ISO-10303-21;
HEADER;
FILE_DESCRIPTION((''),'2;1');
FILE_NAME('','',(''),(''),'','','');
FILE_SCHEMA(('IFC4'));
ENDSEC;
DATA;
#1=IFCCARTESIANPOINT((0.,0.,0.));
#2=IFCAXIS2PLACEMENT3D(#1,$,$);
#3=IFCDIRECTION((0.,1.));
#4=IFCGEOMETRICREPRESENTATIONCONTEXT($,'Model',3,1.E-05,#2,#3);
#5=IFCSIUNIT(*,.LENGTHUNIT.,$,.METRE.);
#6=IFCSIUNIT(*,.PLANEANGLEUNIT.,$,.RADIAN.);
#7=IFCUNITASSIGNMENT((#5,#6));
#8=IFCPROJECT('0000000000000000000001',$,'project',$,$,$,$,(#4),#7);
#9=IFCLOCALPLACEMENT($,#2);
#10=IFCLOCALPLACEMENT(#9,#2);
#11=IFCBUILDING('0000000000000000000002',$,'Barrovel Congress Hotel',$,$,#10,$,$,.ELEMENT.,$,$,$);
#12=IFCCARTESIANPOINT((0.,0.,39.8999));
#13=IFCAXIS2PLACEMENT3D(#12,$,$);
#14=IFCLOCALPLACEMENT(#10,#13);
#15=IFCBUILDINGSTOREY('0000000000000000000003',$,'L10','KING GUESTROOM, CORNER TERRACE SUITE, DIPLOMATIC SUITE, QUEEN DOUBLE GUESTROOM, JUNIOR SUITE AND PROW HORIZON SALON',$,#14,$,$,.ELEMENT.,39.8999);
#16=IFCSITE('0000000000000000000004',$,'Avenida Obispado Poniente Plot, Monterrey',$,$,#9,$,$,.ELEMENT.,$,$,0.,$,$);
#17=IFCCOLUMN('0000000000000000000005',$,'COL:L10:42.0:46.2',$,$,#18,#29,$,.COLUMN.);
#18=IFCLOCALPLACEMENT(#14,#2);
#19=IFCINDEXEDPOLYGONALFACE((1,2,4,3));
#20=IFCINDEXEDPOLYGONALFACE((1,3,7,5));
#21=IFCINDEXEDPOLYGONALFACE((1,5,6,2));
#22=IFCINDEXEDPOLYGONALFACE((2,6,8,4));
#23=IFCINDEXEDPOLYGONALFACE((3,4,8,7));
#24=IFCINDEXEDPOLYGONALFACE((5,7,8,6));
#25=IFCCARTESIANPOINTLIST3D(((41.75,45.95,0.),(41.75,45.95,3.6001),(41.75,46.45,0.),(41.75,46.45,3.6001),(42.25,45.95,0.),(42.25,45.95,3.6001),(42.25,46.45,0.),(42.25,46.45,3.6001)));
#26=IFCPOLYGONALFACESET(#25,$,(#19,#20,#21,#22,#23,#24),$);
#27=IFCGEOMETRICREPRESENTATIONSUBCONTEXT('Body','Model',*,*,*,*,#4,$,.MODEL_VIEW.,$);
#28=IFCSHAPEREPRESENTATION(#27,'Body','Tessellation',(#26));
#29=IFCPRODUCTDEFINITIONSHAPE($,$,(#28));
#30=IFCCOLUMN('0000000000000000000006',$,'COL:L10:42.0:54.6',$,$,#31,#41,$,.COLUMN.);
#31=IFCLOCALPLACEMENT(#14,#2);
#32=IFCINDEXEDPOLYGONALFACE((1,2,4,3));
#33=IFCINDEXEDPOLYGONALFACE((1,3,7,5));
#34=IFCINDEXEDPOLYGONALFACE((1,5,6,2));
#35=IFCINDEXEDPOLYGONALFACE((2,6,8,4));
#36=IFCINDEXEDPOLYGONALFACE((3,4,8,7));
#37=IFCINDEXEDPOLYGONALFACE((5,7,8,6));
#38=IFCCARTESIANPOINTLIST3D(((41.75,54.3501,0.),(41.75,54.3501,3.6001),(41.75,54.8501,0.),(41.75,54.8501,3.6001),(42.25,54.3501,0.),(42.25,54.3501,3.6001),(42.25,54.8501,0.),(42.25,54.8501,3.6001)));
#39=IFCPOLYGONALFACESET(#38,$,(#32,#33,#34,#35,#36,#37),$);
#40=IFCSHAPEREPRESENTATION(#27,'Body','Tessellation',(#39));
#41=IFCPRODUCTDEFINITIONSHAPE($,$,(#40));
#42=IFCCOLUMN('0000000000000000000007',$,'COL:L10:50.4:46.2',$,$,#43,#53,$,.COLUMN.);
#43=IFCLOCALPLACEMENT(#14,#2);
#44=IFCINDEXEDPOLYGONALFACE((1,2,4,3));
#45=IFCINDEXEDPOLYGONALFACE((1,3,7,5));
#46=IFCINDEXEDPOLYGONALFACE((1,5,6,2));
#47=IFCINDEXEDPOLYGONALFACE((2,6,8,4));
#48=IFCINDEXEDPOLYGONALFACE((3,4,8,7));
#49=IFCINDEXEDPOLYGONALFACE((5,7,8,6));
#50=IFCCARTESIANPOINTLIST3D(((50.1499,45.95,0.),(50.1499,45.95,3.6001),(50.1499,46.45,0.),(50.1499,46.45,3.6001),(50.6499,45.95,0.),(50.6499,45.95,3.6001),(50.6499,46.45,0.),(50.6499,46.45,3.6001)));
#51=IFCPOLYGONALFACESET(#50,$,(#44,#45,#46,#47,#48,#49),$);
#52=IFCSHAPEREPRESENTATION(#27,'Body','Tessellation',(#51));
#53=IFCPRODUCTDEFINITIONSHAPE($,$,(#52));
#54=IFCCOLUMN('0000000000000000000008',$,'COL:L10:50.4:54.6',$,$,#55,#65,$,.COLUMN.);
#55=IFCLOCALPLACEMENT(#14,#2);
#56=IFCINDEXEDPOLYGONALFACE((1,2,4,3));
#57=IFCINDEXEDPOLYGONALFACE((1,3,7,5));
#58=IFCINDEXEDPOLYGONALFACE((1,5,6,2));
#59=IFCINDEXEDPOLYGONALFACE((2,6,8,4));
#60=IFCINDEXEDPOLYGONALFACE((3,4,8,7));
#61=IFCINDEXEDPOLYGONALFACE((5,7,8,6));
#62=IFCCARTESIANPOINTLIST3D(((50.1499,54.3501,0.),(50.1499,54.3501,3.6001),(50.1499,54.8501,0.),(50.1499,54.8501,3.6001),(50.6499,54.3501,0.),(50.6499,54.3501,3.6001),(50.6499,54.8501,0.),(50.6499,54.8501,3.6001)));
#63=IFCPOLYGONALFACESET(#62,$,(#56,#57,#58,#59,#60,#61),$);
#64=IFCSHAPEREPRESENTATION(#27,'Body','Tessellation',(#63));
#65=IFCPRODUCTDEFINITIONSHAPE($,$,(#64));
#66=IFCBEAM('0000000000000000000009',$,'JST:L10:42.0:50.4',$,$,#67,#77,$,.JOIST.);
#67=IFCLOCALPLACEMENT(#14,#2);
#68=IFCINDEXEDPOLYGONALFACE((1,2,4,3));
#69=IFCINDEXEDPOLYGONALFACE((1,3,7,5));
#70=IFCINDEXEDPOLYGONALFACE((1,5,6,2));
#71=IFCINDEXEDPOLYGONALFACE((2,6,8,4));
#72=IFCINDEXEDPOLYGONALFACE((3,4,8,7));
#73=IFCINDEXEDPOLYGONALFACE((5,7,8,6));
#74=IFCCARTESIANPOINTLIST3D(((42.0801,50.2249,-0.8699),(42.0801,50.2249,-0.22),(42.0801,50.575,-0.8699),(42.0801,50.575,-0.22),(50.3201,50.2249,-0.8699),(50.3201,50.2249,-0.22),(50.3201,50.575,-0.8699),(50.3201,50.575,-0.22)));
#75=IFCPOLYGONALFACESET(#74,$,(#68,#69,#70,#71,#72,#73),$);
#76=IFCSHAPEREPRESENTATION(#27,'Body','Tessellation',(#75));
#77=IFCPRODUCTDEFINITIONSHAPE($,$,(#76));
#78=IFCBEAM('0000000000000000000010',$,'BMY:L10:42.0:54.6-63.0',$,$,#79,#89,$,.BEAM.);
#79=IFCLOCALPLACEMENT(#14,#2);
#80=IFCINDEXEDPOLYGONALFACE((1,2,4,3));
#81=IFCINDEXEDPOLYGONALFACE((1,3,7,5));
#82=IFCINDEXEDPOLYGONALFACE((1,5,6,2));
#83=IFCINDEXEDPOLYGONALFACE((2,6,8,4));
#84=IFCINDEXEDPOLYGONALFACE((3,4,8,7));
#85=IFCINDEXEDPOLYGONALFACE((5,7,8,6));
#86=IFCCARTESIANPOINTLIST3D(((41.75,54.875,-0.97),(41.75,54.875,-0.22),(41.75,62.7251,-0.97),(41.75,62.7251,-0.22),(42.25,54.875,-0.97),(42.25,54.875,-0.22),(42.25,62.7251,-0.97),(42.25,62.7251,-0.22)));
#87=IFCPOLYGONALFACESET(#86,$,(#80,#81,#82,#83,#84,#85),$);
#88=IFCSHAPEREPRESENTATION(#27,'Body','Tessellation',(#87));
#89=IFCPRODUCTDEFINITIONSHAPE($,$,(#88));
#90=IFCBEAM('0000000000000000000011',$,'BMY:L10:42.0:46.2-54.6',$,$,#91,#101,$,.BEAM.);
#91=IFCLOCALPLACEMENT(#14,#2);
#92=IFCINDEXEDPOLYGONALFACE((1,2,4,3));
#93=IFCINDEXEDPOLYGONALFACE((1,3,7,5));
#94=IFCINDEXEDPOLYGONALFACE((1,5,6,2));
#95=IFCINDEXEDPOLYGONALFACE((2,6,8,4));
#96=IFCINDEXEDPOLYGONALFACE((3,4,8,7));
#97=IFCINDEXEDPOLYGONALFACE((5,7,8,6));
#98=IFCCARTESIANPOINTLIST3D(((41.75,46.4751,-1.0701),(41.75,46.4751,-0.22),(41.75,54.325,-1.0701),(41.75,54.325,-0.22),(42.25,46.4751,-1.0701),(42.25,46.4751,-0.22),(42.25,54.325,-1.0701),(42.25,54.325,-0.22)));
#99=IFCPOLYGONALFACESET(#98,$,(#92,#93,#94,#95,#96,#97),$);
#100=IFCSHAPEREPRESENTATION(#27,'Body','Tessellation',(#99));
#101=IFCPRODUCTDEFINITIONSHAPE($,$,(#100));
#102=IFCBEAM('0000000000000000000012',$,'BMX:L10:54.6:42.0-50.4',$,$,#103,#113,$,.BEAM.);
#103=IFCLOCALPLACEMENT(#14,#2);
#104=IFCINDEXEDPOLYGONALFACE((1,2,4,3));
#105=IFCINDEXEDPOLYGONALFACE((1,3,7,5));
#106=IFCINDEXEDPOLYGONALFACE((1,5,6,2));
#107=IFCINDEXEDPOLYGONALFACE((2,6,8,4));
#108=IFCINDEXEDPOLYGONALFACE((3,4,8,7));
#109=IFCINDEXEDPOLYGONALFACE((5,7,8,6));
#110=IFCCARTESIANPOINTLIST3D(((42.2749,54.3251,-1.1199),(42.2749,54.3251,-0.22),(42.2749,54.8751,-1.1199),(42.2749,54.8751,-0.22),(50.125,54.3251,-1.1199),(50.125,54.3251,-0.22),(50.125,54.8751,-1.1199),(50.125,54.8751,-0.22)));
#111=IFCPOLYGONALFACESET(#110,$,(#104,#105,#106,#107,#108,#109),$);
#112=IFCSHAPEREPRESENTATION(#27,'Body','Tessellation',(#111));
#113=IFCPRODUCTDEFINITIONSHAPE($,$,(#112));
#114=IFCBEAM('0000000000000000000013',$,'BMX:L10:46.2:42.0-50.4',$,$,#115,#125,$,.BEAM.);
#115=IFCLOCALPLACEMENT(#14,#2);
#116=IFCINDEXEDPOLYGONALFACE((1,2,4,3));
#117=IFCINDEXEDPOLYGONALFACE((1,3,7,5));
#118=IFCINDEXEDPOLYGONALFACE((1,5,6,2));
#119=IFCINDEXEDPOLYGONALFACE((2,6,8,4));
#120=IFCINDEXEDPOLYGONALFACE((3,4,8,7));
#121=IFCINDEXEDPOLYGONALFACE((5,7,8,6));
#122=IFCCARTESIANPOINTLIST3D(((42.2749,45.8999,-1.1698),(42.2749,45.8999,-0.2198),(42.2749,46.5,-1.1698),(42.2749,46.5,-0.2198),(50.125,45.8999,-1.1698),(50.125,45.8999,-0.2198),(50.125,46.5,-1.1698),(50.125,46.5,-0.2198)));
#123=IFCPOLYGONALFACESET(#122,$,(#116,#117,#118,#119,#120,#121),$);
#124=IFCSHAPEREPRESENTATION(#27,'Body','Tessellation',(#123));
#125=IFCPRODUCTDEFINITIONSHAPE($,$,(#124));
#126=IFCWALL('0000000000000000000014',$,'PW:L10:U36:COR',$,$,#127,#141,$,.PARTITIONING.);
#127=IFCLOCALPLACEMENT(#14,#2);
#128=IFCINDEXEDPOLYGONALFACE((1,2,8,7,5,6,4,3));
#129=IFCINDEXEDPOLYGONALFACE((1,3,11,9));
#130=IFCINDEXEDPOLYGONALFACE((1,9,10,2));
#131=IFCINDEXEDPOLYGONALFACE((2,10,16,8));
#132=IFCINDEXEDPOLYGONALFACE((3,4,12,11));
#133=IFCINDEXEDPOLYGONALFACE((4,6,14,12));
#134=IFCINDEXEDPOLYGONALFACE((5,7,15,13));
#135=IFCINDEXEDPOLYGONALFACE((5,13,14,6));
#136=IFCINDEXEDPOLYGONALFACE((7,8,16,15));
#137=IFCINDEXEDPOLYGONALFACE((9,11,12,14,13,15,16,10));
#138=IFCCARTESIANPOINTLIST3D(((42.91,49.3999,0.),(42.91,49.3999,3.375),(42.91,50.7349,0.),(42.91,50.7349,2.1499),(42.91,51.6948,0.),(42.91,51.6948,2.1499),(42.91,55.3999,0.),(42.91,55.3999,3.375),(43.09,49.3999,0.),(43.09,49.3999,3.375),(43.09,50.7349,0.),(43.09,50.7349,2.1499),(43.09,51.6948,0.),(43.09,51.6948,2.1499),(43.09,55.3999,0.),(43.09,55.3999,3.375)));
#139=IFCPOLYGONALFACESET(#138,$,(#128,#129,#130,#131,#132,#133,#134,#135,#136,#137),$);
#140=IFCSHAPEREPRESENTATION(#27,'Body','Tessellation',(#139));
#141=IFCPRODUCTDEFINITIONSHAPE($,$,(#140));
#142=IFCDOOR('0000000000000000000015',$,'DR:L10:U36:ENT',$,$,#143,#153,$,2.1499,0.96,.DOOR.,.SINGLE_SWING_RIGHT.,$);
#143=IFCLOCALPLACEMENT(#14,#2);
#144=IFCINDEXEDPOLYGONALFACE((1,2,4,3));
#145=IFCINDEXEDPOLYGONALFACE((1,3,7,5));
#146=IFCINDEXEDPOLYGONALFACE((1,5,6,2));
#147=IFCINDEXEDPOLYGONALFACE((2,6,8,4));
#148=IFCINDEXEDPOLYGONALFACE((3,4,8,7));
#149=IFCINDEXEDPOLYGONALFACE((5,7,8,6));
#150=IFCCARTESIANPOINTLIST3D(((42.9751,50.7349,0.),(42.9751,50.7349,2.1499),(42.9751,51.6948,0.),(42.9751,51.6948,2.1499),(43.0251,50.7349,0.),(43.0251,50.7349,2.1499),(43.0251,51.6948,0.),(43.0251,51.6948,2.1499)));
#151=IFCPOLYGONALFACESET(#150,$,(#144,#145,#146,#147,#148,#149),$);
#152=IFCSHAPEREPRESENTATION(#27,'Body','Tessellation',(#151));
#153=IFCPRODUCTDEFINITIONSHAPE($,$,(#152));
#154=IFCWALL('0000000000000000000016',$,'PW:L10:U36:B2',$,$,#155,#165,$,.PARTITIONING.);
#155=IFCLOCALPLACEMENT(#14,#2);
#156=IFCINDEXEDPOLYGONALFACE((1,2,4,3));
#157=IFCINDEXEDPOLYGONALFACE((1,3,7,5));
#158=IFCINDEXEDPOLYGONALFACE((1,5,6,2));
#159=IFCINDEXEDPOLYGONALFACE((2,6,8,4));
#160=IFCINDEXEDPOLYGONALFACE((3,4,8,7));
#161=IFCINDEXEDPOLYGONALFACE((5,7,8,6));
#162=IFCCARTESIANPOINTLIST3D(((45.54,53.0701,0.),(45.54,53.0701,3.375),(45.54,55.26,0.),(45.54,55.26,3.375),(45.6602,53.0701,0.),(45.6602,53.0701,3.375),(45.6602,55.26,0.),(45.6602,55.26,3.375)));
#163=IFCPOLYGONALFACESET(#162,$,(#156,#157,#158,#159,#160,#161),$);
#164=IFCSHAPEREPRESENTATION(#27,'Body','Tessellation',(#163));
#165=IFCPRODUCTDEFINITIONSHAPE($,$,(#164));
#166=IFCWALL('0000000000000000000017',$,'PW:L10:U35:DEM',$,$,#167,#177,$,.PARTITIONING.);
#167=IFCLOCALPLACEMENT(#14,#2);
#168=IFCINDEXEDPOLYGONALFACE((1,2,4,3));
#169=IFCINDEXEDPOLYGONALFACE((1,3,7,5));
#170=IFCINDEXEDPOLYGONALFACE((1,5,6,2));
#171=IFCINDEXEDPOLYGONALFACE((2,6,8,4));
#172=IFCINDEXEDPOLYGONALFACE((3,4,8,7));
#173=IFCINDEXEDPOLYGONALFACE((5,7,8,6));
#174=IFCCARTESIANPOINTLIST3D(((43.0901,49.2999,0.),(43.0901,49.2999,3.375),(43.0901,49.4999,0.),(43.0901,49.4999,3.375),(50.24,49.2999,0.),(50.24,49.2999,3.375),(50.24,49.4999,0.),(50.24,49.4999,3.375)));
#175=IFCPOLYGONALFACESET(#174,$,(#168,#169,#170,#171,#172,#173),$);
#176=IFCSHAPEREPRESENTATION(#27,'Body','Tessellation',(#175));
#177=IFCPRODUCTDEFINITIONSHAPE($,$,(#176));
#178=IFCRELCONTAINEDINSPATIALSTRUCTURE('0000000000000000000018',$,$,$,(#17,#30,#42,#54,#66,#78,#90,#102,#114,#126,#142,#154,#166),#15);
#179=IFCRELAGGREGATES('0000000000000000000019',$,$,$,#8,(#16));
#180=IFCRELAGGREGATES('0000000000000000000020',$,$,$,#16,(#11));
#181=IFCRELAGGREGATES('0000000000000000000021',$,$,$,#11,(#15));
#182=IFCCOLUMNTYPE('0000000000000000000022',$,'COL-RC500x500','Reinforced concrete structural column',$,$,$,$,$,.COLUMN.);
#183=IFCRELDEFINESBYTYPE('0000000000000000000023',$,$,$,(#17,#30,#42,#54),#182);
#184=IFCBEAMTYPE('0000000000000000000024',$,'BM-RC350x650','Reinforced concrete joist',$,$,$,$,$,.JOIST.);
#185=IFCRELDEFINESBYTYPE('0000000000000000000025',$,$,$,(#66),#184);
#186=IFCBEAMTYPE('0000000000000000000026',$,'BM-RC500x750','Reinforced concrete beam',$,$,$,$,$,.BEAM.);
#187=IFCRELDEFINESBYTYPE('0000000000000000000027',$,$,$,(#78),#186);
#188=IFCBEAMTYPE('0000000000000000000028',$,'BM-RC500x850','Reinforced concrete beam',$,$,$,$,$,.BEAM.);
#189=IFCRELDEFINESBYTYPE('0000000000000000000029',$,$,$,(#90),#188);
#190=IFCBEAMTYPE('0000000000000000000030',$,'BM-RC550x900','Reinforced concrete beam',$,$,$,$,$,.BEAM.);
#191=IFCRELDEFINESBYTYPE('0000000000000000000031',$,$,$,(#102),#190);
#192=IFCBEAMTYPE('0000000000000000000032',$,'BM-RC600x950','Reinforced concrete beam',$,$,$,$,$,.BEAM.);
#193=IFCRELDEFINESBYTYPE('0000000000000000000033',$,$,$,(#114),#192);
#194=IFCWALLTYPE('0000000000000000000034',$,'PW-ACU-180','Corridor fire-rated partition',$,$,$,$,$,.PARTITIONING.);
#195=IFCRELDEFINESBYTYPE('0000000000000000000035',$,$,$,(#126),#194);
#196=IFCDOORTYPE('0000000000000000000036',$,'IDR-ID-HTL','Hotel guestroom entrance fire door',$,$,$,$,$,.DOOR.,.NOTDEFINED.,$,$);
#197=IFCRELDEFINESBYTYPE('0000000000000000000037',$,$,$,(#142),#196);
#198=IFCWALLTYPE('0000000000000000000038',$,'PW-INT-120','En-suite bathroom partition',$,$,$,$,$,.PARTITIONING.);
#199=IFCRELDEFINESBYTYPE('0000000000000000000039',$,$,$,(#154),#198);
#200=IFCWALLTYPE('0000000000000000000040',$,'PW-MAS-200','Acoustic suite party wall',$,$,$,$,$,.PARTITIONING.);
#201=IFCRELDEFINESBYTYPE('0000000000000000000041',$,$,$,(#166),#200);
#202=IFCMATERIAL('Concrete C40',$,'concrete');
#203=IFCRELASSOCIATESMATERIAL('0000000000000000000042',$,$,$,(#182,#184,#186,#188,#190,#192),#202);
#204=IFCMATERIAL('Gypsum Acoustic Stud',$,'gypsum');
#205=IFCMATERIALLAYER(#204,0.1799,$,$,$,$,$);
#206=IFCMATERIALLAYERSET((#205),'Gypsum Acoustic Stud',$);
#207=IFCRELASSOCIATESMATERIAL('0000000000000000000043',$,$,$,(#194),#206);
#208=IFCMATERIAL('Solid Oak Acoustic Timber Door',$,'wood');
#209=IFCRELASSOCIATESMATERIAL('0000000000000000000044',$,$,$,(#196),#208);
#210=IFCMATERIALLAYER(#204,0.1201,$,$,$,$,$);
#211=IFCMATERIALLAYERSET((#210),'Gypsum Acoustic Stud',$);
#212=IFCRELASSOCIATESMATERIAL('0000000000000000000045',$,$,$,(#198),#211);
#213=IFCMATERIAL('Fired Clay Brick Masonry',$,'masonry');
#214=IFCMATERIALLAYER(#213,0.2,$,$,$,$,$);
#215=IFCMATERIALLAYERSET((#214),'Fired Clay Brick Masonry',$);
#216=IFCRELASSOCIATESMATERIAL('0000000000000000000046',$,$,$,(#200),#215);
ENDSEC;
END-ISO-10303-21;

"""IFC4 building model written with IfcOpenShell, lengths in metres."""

from ifc_helpers import new_model, si_unit, direction, frame, frame_2d, origin, origin_2d, place, context, subcontext, project, spatial, rectangle, extrude, material, layer, layer_set, material_profile, profile_set, type_object, element, fill, save


model = new_model("IFC4")

# Units and contexts
model_context = context("Model", 3, precision=1e-05, world=origin(), true_north=direction((0.0, 1.0)))
body_context = subcontext(model_context, "Body", "Model", "MODEL_VIEW")
ifc_project = project(units=[si_unit("LENGTHUNIT", "METRE"), si_unit("PLANEANGLEUNIT", "RADIAN")], contexts=[model_context])

# Site, building, storey
site_placement = place(None, origin())
site = spatial("IfcSite", under=ifc_project, at=site_placement, Name="Avenida Obispado Poniente Plot, Monterrey", CompositionType="ELEMENT", RefElevation=0.0)
building_placement = place(site_placement, origin())
building = spatial("IfcBuilding", under=site, at=building_placement, Name="Barrovel Congress Hotel", CompositionType="ELEMENT")
storey_placement = place(building_placement, frame((0.0, 0.0, 39.8999)))
storey = spatial("IfcBuildingStorey", under=building, at=storey_placement, Name="L10", Description="KING GUESTROOM, CORNER TERRACE SUITE, DIPLOMATIC SUITE, QUEEN DOUBLE GUESTROOM, JUNIOR SUITE AND PROW HORIZON SALON", CompositionType="ELEMENT", Elevation=39.8999)

# Columns
ifc_material_1 = material(Name="Concrete C40", Category="concrete")
ifc_material_profile_1 = material_profile(ifc_material_1, rectangle(XDim=0.5, YDim=0.5, at=origin_2d()), Name="RC500x500")
ifc_profile_set_1 = profile_set([ifc_material_profile_1], Name="Concrete C40")
column_type = type_object("IfcColumnType", Name="COL-RC500x500", Description="Reinforced concrete structural column", PredefinedType="COLUMN", material=ifc_profile_set_1)
for number, where, z_axis, x_axis, name in (
    (1, (42.0, 46.2, 0.0), (0.0, 0.0, 1.0), (1.0, 0.0, 0.0), "COL:L10:42.0:46.2"),
    (2, (42.0, 54.6001, 0.0), (0.0, 0.0, 1.0), (1.0, 0.0, 0.0), "COL:L10:42.0:54.6"),
    (3, (50.3999, 46.2, 0.0), (0.0, 0.0, 1.0), (1.0, 0.0, 0.0), "COL:L10:50.4:46.2"),
    (4, (50.3999, 54.6001, 0.0), (0.0, 0.0, 1.0), (1.0, 0.0, 0.0), "COL:L10:50.4:54.6"),
):
    element("IfcColumn", number, at=place(storey_placement, frame(where, z_axis=z_axis, x_axis=x_axis)), inside=storey, type_object=column_type, Name=name, PredefinedType="COLUMN", context=body_context, shape_type="SweptSolid", body=[
        extrude(rectangle(XDim=0.5, YDim=0.5, at=origin_2d()), origin(), (0.0, 0.0, 1.0), 3.6001),
    ])

# Beams
ifc_material_profile_2 = material_profile(ifc_material_1, rectangle(XDim=0.3501, YDim=0.6499, at=origin_2d()), Name="RC350x650")
ifc_profile_set_2 = profile_set([ifc_material_profile_2], Name="Concrete C40")
beam_type_1 = type_object("IfcBeamType", Name="BM-RC350x650", Description="Reinforced concrete joist", PredefinedType="JOIST", material=ifc_profile_set_2)
beam_1_placement = place(storey_placement, frame((42.0801, 50.3999, -0.5449), z_axis=(1.0, 0.0, 0.0), x_axis=(0.0, 1.0, 0.0)))
element("IfcBeam", 5, at=beam_1_placement, inside=storey, type_object=beam_type_1, Name="JST:L10:42.0:50.4", PredefinedType="JOIST", context=body_context, shape_type="SweptSolid", body=[
    extrude(rectangle(XDim=0.3501, YDim=0.6499, at=origin_2d()), origin(), (0.0, 0.0, 1.0), 8.24),
])
ifc_material_profile_3 = material_profile(ifc_material_1, rectangle(XDim=0.5, YDim=0.75, at=origin_2d()), Name="RC500x750")
ifc_profile_set_3 = profile_set([ifc_material_profile_3], Name="Concrete C40")
beam_type_2 = type_object("IfcBeamType", Name="BM-RC500x750", Description="Reinforced concrete beam", PredefinedType="BEAM", material=ifc_profile_set_3)
beam_2_placement = place(storey_placement, frame((42.0, 54.875, -0.595), z_axis=(0.0, 1.0, 0.0), x_axis=(-1.0, 0.0, 0.0)))
element("IfcBeam", 6, at=beam_2_placement, inside=storey, type_object=beam_type_2, Name="BMY:L10:42.0:54.6-63.0", PredefinedType="BEAM", context=body_context, shape_type="SweptSolid", body=[
    extrude(rectangle(XDim=0.5, YDim=0.75, at=origin_2d()), origin(), (0.0, 0.0, 1.0), 7.8501),
])
ifc_material_profile_4 = material_profile(ifc_material_1, rectangle(XDim=0.5, YDim=0.8501, at=origin_2d()), Name="RC500x850")
ifc_profile_set_4 = profile_set([ifc_material_profile_4], Name="Concrete C40")
beam_type_3 = type_object("IfcBeamType", Name="BM-RC500x850", Description="Reinforced concrete beam", PredefinedType="BEAM", material=ifc_profile_set_4)
beam_3_placement = place(storey_placement, frame((42.0, 46.4751, -0.645), z_axis=(0.0, 1.0, 0.0), x_axis=(-1.0, 0.0, 0.0)))
element("IfcBeam", 7, at=beam_3_placement, inside=storey, type_object=beam_type_3, Name="BMY:L10:42.0:46.2-54.6", PredefinedType="BEAM", context=body_context, shape_type="SweptSolid", body=[
    extrude(rectangle(XDim=0.5, YDim=0.8501, at=origin_2d()), origin(), (0.0, 0.0, 1.0), 7.8499),
])
ifc_material_profile_5 = material_profile(ifc_material_1, rectangle(XDim=0.55, YDim=0.8999, at=origin_2d()), Name="RC550x900")
ifc_profile_set_5 = profile_set([ifc_material_profile_5], Name="Concrete C40")
beam_type_4 = type_object("IfcBeamType", Name="BM-RC550x900", Description="Reinforced concrete beam", PredefinedType="BEAM", material=ifc_profile_set_5)
beam_4_placement = place(storey_placement, frame((42.2749, 54.6001, -0.6699), z_axis=(1.0, 0.0, 0.0), x_axis=(0.0, 1.0, 0.0)))
element("IfcBeam", 8, at=beam_4_placement, inside=storey, type_object=beam_type_4, Name="BMX:L10:54.6:42.0-50.4", PredefinedType="BEAM", context=body_context, shape_type="SweptSolid", body=[
    extrude(rectangle(XDim=0.55, YDim=0.8999, at=origin_2d()), origin(), (0.0, 0.0, 1.0), 7.8501),
])
ifc_material_profile_6 = material_profile(ifc_material_1, rectangle(XDim=0.6001, YDim=0.95, at=origin_2d()), Name="RC600x950")
ifc_profile_set_6 = profile_set([ifc_material_profile_6], Name="Concrete C40")
beam_type_5 = type_object("IfcBeamType", Name="BM-RC600x950", Description="Reinforced concrete beam", PredefinedType="BEAM", material=ifc_profile_set_6)
beam_5_placement = place(storey_placement, frame((42.2749, 46.2, -0.6948), z_axis=(1.0, 0.0, 0.0), x_axis=(0.0, 1.0, 0.0)))
element("IfcBeam", 9, at=beam_5_placement, inside=storey, type_object=beam_type_5, Name="BMX:L10:46.2:42.0-50.4", PredefinedType="BEAM", context=body_context, shape_type="SweptSolid", body=[
    extrude(rectangle(XDim=0.6001, YDim=0.95, at=origin_2d()), origin(), (0.0, 0.0, 1.0), 7.8501),
])

# Wall, opening, door
ifc_material_2 = material(Name="Gypsum Acoustic Stud", Category="gypsum")
ifc_layer_1 = layer(ifc_material_2, 0.1799)
ifc_layer_set_1 = layer_set([ifc_layer_1], Name="Gypsum Acoustic Stud")
wall_type_1 = type_object("IfcWallType", Name="PW-ACU-180", Description="Corridor fire-rated partition", PredefinedType="PARTITIONING", material=ifc_layer_set_1)
wall_1_placement = place(storey_placement, frame((43.0, 49.3999, 0.0), z_axis=(0.0, 0.0, 1.0), x_axis=(0.0, 1.0, 0.0)))
wall_1 = element("IfcWall", 10, at=wall_1_placement, inside=storey, type_object=wall_type_1, Name="PW:L10:U36:COR", PredefinedType="PARTITIONING", context=body_context, shape_type="SweptSolid", body=[
    extrude(rectangle(XDim=6.0, YDim=0.1799, at=frame_2d((3.0, 0.0))), origin(), (0.0, 0.0, 1.0), 3.375),
])
opening_1_placement = place(wall_1_placement, frame((1.335, 0.0, 0.0)))
opening_1 = element("IfcOpeningElement", 11, at=opening_1_placement, cuts=wall_1, PredefinedType="OPENING", context=body_context, shape_type="SweptSolid", body=[
    extrude(rectangle(XDim=0.96, YDim=2.1499, at=frame_2d((0.48, 1.075))), frame((0.0, 0.1001, 0.0), z_axis=(0.0, -1.0, 0.0), x_axis=(1.0, 0.0, 0.0)), (0.0, 0.0, 1.0), 0.2),
])
ifc_material_3 = material(Name="Solid Oak Acoustic Timber Door", Category="wood")
door_type_1 = type_object("IfcDoorType", Name="IDR-ID-HTL", Description="Hotel guestroom entrance fire door", OperationType="NOTDEFINED", PredefinedType="DOOR", material=ifc_material_3)
door_1_placement = place(opening_1_placement, origin())
door_1 = element("IfcDoor", 12, at=door_1_placement, inside=storey, type_object=door_type_1, Name="DR:L10:U36:ENT", OperationType="SINGLE_SWING_RIGHT", OverallHeight=2.1499, OverallWidth=0.96, PredefinedType="DOOR", context=body_context, shape_type="SweptSolid", body=[
    extrude(rectangle(XDim=0.96, YDim=2.1499, at=frame_2d((0.48, 1.075))), frame((0.0, 0.0249, 0.0), z_axis=(0.0, -1.0, 0.0), x_axis=(1.0, 0.0, 0.0)), (0.0, 0.0, 1.0), 0.05),
])
fill(opening_1, door_1)

# Walls
ifc_layer_2 = layer(ifc_material_2, 0.1201)
ifc_layer_set_2 = layer_set([ifc_layer_2], Name="Gypsum Acoustic Stud")
wall_type_2 = type_object("IfcWallType", Name="PW-INT-120", Description="En-suite bathroom partition", PredefinedType="PARTITIONING", material=ifc_layer_set_2)
wall_2_placement = place(storey_placement, frame((45.6001, 53.0701, 0.0), z_axis=(0.0, 0.0, 1.0), x_axis=(0.0, 1.0, 0.0)))
element("IfcWall", 13, at=wall_2_placement, inside=storey, type_object=wall_type_2, Name="PW:L10:U36:B2", PredefinedType="PARTITIONING", context=body_context, shape_type="SweptSolid", body=[
    extrude(rectangle(XDim=2.1899, YDim=0.1201, at=frame_2d((1.095, 0.0))), origin(), (0.0, 0.0, 1.0), 3.375),
])
ifc_material_4 = material(Name="Fired Clay Brick Masonry", Category="masonry")
ifc_layer_3 = layer(ifc_material_4, 0.2)
ifc_layer_set_3 = layer_set([ifc_layer_3], Name="Fired Clay Brick Masonry")
wall_type_3 = type_object("IfcWallType", Name="PW-MAS-200", Description="Acoustic suite party wall", PredefinedType="PARTITIONING", material=ifc_layer_set_3)
wall_3_placement = place(storey_placement, frame((43.0901, 49.3999, 0.0), z_axis=(0.0, 0.0, 1.0), x_axis=(1.0, 0.0, 0.0)))
element("IfcWall", 14, at=wall_3_placement, inside=storey, type_object=wall_type_3, Name="PW:L10:U35:DEM", PredefinedType="PARTITIONING", context=body_context, shape_type="SweptSolid", body=[
    extrude(rectangle(XDim=7.1499, YDim=0.2, at=frame_2d((3.575, 0.0))), origin(), (0.0, 0.0, 1.0), 3.375),
])

save(model, "model.ifc")
